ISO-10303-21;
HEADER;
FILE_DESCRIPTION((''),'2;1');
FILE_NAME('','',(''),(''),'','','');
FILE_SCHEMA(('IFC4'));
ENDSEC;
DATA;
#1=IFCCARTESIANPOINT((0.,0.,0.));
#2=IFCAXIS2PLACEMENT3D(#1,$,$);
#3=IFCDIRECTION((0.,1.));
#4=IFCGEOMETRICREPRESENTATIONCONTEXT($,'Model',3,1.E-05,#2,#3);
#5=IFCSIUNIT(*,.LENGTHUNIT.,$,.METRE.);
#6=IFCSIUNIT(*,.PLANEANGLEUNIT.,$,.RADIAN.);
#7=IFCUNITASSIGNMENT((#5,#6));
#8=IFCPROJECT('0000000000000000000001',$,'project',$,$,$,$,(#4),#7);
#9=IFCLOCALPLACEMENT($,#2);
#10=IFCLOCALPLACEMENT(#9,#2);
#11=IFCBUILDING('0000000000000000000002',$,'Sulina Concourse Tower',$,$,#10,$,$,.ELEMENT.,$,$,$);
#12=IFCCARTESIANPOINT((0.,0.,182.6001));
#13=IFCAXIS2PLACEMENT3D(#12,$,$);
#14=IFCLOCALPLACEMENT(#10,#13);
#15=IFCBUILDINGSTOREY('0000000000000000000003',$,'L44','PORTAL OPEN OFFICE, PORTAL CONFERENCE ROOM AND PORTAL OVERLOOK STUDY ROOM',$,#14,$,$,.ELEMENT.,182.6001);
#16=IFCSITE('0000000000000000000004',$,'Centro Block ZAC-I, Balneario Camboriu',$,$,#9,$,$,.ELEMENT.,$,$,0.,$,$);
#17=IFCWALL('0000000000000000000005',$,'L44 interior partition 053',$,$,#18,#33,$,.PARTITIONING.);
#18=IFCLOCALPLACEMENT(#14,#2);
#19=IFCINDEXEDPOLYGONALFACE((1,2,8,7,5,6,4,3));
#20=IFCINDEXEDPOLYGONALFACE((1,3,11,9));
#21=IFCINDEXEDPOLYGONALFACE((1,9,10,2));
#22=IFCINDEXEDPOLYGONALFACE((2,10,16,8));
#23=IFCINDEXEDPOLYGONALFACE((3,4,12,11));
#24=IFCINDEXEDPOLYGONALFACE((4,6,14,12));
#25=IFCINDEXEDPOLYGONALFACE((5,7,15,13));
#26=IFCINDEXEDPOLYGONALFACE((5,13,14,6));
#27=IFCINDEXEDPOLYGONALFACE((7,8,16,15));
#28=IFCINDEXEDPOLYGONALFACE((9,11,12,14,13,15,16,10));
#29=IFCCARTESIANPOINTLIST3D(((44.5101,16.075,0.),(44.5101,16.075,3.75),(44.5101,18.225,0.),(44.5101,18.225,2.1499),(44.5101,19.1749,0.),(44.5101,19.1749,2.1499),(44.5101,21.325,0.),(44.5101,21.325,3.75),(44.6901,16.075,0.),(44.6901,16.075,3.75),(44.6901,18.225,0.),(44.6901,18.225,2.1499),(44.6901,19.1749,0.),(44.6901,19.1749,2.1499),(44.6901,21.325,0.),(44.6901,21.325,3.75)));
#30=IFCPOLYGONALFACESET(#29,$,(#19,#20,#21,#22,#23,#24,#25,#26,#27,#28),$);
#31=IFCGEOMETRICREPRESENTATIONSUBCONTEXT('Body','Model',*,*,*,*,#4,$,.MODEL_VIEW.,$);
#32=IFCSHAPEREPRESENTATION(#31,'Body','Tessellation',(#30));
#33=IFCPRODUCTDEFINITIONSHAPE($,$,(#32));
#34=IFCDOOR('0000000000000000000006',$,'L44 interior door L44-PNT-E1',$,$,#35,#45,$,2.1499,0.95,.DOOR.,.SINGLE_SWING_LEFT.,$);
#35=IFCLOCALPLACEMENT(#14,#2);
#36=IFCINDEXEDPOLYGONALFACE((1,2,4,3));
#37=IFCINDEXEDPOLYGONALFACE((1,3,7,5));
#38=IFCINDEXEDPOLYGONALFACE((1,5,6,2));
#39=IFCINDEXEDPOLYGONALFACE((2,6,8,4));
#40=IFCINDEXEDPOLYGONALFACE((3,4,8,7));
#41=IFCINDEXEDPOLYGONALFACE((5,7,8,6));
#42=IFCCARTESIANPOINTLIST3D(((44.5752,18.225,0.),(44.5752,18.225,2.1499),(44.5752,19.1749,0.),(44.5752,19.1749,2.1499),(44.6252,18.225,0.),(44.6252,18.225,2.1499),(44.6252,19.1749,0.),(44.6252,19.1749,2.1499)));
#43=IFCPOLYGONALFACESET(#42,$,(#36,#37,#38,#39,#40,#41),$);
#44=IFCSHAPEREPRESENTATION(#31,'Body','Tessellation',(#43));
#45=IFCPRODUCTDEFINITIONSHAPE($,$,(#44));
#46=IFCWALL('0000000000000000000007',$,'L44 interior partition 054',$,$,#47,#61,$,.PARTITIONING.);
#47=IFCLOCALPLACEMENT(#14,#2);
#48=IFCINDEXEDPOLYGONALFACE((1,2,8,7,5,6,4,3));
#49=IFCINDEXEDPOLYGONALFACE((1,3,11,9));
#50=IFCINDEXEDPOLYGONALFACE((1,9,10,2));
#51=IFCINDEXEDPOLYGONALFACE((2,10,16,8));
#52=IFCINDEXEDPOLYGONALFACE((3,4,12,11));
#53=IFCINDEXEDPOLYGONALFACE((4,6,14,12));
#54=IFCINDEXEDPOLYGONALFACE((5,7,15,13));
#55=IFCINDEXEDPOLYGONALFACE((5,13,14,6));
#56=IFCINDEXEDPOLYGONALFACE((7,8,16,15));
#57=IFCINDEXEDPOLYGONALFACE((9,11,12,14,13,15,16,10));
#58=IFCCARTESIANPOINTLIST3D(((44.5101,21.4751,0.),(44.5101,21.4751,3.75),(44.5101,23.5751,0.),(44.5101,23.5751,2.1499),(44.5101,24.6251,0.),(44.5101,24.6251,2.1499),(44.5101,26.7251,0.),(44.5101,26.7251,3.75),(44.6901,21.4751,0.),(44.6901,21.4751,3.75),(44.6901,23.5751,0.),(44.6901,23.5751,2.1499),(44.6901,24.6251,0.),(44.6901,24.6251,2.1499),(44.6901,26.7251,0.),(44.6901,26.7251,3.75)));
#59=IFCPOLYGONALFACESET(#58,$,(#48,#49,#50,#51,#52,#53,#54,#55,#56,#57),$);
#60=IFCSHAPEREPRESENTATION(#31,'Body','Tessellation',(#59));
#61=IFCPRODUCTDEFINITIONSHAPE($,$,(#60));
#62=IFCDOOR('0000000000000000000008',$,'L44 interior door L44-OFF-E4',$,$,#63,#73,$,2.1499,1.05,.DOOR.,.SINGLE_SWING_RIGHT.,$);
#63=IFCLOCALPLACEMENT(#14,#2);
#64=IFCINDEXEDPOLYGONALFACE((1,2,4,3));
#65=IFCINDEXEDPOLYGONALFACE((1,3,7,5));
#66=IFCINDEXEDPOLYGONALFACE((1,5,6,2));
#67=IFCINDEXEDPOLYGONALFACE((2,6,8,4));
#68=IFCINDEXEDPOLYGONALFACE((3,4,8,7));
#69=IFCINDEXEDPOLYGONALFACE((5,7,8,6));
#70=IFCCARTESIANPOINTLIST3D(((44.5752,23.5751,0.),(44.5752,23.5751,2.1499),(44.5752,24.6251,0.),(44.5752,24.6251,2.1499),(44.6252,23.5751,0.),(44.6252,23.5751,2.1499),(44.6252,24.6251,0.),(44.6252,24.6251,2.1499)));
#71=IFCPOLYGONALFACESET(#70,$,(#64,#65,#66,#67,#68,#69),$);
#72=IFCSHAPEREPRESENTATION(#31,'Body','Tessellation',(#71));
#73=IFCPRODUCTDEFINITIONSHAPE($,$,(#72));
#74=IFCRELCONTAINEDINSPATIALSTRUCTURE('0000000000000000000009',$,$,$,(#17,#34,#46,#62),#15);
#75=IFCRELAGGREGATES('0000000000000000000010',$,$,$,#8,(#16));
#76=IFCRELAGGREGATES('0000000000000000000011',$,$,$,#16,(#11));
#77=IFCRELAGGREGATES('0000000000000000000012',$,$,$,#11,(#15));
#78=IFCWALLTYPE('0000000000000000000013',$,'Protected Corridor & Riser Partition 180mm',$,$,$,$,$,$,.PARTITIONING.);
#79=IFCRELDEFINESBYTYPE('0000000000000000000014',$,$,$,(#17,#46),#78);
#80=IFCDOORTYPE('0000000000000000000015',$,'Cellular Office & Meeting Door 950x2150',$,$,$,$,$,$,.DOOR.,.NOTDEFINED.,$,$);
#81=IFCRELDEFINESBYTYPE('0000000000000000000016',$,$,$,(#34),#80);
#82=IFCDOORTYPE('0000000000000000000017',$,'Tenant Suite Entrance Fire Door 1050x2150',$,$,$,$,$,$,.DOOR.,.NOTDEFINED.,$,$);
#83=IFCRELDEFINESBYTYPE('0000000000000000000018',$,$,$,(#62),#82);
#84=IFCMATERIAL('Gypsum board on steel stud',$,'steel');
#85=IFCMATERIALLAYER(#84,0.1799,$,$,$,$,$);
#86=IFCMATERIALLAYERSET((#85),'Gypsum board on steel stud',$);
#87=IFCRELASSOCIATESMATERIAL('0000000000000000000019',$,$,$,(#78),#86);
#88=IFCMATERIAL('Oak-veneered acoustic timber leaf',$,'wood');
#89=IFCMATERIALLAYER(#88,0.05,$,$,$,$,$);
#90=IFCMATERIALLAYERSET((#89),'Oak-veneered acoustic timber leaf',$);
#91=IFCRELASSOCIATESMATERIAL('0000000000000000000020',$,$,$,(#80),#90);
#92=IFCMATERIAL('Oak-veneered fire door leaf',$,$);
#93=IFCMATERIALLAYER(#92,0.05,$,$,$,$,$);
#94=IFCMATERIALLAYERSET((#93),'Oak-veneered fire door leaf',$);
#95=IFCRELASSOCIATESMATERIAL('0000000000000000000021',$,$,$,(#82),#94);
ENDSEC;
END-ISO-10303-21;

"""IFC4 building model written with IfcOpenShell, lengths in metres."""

from ifc_helpers import new_model, si_unit, direction, frame, frame_2d, origin, place, context, subcontext, project, spatial, rectangle, extrude, material, layer, layer_set, type_object, element, fill, save


model = new_model("IFC4")

# Units and contexts
model_context = context("Model", 3, precision=1e-05, world=origin(), true_north=direction((0.0, 1.0)))
body_context = subcontext(model_context, "Body", "Model", "MODEL_VIEW")
ifc_project = project(units=[si_unit("LENGTHUNIT", "METRE"), si_unit("PLANEANGLEUNIT", "RADIAN")], contexts=[model_context])

# Site, building, storey
site_placement = place(None, origin())
site = spatial("IfcSite", under=ifc_project, at=site_placement, Name="Centro Block ZAC-I, Balneario Camboriu", CompositionType="ELEMENT", RefElevation=0.0)
building_placement = place(site_placement, origin())
building = spatial("IfcBuilding", under=site, at=building_placement, Name="Sulina Concourse Tower", CompositionType="ELEMENT")
storey_placement = place(building_placement, frame((0.0, 0.0, 182.6001)))
storey = spatial("IfcBuildingStorey", under=building, at=storey_placement, Name="L44", Description="PORTAL OPEN OFFICE, PORTAL CONFERENCE ROOM AND PORTAL OVERLOOK STUDY ROOM", CompositionType="ELEMENT", Elevation=182.6001)

# Walls, openings, doors
ifc_material_1 = material(Name="Gypsum board on steel stud", Category="steel")
ifc_layer_1 = layer(ifc_material_1, 0.1799)
ifc_layer_set_1 = layer_set([ifc_layer_1], Name="Gypsum board on steel stud")
wall_type_1 = type_object("IfcWallType", Name="Protected Corridor & Riser Partition 180mm", PredefinedType="PARTITIONING", material=ifc_layer_set_1)
ifc_material_2 = material(Name="Oak-veneered acoustic timber leaf", Category="wood")
ifc_layer_2 = layer(ifc_material_2, 0.05)
ifc_layer_set_2 = layer_set([ifc_layer_2], Name="Oak-veneered acoustic timber leaf")
door_type_1 = type_object("IfcDoorType", Name="Cellular Office & Meeting Door 950x2150", OperationType="NOTDEFINED", PredefinedType="DOOR", material=ifc_layer_set_2)
ifc_material_3 = material(Name="Oak-veneered fire door leaf")
ifc_layer_3 = layer(ifc_material_3, 0.05)
ifc_layer_set_3 = layer_set([ifc_layer_3], Name="Oak-veneered fire door leaf")
door_type_2 = type_object("IfcDoorType", Name="Tenant Suite Entrance Fire Door 1050x2150", OperationType="NOTDEFINED", PredefinedType="DOOR", material=ifc_layer_set_3)
wall_1_placement = place(storey_placement, frame((44.6001, 16.075, 0.0), z_axis=(0.0, 0.0, 1.0), x_axis=(0.0, 1.0, 0.0)))
wall_1 = element("IfcWall", 1, at=wall_1_placement, inside=storey, type_object=wall_type_1, Name="L44 interior partition 053", PredefinedType="PARTITIONING", context=body_context, shape_type="SweptSolid", body=[
    extrude(rectangle(XDim=5.25, YDim=0.1799, at=frame_2d((2.625, 0.0))), origin(), (0.0, 0.0, 1.0), 3.75),
])
opening_1_placement = place(wall_1_placement, frame((2.1499, 0.0, 0.0)))
opening_1 = element("IfcOpeningElement", 2, at=opening_1_placement, cuts=wall_1, PredefinedType="OPENING", context=body_context, shape_type="SweptSolid", body=[
    extrude(rectangle(XDim=0.95, YDim=2.1499, at=frame_2d((0.4751, 1.075))), frame((0.0, 0.0999, 0.0), z_axis=(0.0, -1.0, 0.0), x_axis=(1.0, 0.0, 0.0)), (0.0, 0.0, 1.0), 0.2),
])
door_1_placement = place(opening_1_placement, origin())
door_1 = element("IfcDoor", 3, at=door_1_placement, inside=storey, type_object=door_type_1, Name="L44 interior door L44-PNT-E1", OperationType="SINGLE_SWING_LEFT", OverallHeight=2.1499, OverallWidth=0.95, PredefinedType="DOOR", context=body_context, shape_type="SweptSolid", body=[
    extrude(rectangle(XDim=0.95, YDim=2.1499, at=frame_2d((0.4751, 1.075))), frame((0.0, 0.0249, 0.0), z_axis=(0.0, -1.0, 0.0), x_axis=(1.0, 0.0, 0.0)), (0.0, 0.0, 1.0), 0.05),
])
fill(opening_1, door_1)
wall_2_placement = place(storey_placement, frame((44.6001, 21.4751, 0.0), z_axis=(0.0, 0.0, 1.0), x_axis=(0.0, 1.0, 0.0)))
wall_2 = element("IfcWall", 4, at=wall_2_placement, inside=storey, type_object=wall_type_1, Name="L44 interior partition 054", PredefinedType="PARTITIONING", context=body_context, shape_type="SweptSolid", body=[
    extrude(rectangle(XDim=5.25, YDim=0.1799, at=frame_2d((2.625, 0.0))), origin(), (0.0, 0.0, 1.0), 3.75),
])
opening_2_placement = place(wall_2_placement, frame((2.1001, 0.0, 0.0)))
opening_2 = element("IfcOpeningElement", 5, at=opening_2_placement, cuts=wall_2, PredefinedType="OPENING", context=body_context, shape_type="SweptSolid", body=[
    extrude(rectangle(XDim=1.05, YDim=2.1499, at=frame_2d((0.5249, 1.075))), frame((0.0, 0.0999, 0.0), z_axis=(0.0, -1.0, 0.0), x_axis=(1.0, 0.0, 0.0)), (0.0, 0.0, 1.0), 0.2),
])
door_2_placement = place(opening_2_placement, origin())
door_2 = element("IfcDoor", 6, at=door_2_placement, inside=storey, type_object=door_type_2, Name="L44 interior door L44-OFF-E4", OperationType="SINGLE_SWING_RIGHT", OverallHeight=2.1499, OverallWidth=1.05, PredefinedType="DOOR", context=body_context, shape_type="SweptSolid", body=[
    extrude(rectangle(XDim=1.05, YDim=2.1499, at=frame_2d((0.5249, 1.075))), frame((0.0, 0.0249, 0.0), z_axis=(0.0, -1.0, 0.0), x_axis=(1.0, 0.0, 0.0)), (0.0, 0.0, 1.0), 0.05),
])
fill(opening_2, door_2)

save(model, "model.ifc")
